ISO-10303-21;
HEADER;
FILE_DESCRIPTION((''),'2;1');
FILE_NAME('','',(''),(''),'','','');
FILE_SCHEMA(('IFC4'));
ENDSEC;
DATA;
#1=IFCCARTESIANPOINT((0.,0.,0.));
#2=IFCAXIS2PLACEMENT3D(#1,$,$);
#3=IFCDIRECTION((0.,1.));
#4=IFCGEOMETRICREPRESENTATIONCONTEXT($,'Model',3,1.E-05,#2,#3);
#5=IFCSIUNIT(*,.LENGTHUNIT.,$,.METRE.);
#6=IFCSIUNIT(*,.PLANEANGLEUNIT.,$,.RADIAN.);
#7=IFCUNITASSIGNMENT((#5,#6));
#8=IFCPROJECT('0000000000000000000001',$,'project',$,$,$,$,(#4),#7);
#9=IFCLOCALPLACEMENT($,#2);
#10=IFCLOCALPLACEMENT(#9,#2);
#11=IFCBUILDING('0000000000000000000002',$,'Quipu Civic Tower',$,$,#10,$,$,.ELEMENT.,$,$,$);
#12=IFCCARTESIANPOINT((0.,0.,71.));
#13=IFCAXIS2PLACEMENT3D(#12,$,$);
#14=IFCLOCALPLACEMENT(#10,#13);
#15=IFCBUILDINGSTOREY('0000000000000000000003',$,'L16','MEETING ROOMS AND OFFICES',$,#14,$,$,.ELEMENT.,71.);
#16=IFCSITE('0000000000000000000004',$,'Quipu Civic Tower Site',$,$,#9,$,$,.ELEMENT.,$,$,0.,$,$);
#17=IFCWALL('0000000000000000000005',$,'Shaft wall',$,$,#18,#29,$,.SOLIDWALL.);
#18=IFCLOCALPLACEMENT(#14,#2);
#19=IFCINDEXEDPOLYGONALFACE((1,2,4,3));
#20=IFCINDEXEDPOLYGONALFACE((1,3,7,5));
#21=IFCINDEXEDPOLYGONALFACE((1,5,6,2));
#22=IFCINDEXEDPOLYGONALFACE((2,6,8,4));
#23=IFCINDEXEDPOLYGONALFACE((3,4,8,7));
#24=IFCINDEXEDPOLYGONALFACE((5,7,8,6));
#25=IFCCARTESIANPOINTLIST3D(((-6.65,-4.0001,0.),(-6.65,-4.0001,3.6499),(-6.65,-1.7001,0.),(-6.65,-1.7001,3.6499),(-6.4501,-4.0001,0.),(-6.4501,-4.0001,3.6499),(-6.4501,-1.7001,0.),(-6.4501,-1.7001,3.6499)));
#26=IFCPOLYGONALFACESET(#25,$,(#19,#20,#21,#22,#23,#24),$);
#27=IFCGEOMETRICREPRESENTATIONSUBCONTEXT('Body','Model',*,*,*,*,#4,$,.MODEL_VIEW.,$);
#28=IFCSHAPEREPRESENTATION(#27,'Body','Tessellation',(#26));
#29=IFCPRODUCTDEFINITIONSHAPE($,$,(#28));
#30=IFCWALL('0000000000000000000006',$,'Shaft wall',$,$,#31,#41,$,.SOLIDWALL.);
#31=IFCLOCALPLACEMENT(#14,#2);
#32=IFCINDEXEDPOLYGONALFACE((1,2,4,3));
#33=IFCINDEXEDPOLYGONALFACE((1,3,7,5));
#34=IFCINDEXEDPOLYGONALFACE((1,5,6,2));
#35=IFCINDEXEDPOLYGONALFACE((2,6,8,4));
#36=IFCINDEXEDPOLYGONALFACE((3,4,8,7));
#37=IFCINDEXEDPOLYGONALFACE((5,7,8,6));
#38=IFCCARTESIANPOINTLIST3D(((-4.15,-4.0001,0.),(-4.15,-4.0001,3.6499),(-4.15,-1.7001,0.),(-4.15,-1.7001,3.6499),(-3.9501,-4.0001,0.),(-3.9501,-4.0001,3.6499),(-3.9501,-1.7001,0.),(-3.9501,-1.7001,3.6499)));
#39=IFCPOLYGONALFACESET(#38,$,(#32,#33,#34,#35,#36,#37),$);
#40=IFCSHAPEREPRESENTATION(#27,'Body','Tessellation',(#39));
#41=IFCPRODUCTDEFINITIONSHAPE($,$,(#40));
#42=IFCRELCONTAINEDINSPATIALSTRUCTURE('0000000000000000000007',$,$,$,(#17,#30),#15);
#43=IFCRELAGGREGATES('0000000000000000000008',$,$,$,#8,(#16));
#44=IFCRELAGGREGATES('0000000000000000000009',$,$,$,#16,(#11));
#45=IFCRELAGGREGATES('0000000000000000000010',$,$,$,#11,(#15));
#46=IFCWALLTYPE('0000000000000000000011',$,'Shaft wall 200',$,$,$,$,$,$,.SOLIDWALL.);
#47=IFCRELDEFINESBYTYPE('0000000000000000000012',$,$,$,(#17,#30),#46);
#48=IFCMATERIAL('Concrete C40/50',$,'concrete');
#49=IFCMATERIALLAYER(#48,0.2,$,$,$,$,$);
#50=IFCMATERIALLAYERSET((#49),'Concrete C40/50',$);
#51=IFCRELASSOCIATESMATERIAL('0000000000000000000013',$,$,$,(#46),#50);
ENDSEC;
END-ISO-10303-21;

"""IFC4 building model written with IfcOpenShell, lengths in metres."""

from ifc_helpers import new_model, si_unit, direction, frame, frame_2d, origin, place, context, subcontext, project, spatial, rectangle, extrude, material, layer, layer_set, type_object, element, save


model = new_model("IFC4")

# Units and contexts
model_context = context("Model", 3, precision=1e-05, world=origin(), true_north=direction((0.0, 1.0)))
body_context = subcontext(model_context, "Body", "Model", "MODEL_VIEW")
ifc_project = project(units=[si_unit("LENGTHUNIT", "METRE"), si_unit("PLANEANGLEUNIT", "RADIAN")], contexts=[model_context])

# Site, building, storey
site_placement = place(None, origin())
site = spatial("IfcSite", under=ifc_project, at=site_placement, Name="Quipu Civic Tower Site", CompositionType="ELEMENT", RefElevation=0.0)
building_placement = place(site_placement, origin())
building = spatial("IfcBuilding", under=site, at=building_placement, Name="Quipu Civic Tower", CompositionType="ELEMENT")
storey_placement = place(building_placement, frame((0.0, 0.0, 71.0)))
storey = spatial("IfcBuildingStorey", under=building, at=storey_placement, Name="L16", Description="MEETING ROOMS AND OFFICES", CompositionType="ELEMENT", Elevation=71.0)

# Walls
ifc_material_1 = material(Name="Concrete C40/50", Category="concrete")
ifc_layer_1 = layer(ifc_material_1, 0.2)
ifc_layer_set_1 = layer_set([ifc_layer_1], Name="Concrete C40/50")
wall_type_1 = type_object("IfcWallType", Name="Shaft wall 200", PredefinedType="SOLIDWALL", material=ifc_layer_set_1)
for number, where, z_axis, x_axis, name in (
    (1, (-6.55, -4.0, 0.0), (0.0, 0.0, 1.0), (0.0, 1.0, 0.0), "Shaft wall"),
    (2, (-4.05, -4.0, 0.0), (0.0, 0.0, 1.0), (0.0, 1.0, 0.0), "Shaft wall"),
):
    element("IfcWall", number, at=place(storey_placement, frame(where, z_axis=z_axis, x_axis=x_axis)), inside=storey, type_object=wall_type_1, Name=name, PredefinedType="SOLIDWALL", context=body_context, shape_type="SweptSolid", body=[
        extrude(rectangle(XDim=2.3, YDim=0.2, at=frame_2d((1.1499, 0.0))), origin(), (0.0, 0.0, 1.0), 3.6499),
    ])

save(model, "model.ifc")
